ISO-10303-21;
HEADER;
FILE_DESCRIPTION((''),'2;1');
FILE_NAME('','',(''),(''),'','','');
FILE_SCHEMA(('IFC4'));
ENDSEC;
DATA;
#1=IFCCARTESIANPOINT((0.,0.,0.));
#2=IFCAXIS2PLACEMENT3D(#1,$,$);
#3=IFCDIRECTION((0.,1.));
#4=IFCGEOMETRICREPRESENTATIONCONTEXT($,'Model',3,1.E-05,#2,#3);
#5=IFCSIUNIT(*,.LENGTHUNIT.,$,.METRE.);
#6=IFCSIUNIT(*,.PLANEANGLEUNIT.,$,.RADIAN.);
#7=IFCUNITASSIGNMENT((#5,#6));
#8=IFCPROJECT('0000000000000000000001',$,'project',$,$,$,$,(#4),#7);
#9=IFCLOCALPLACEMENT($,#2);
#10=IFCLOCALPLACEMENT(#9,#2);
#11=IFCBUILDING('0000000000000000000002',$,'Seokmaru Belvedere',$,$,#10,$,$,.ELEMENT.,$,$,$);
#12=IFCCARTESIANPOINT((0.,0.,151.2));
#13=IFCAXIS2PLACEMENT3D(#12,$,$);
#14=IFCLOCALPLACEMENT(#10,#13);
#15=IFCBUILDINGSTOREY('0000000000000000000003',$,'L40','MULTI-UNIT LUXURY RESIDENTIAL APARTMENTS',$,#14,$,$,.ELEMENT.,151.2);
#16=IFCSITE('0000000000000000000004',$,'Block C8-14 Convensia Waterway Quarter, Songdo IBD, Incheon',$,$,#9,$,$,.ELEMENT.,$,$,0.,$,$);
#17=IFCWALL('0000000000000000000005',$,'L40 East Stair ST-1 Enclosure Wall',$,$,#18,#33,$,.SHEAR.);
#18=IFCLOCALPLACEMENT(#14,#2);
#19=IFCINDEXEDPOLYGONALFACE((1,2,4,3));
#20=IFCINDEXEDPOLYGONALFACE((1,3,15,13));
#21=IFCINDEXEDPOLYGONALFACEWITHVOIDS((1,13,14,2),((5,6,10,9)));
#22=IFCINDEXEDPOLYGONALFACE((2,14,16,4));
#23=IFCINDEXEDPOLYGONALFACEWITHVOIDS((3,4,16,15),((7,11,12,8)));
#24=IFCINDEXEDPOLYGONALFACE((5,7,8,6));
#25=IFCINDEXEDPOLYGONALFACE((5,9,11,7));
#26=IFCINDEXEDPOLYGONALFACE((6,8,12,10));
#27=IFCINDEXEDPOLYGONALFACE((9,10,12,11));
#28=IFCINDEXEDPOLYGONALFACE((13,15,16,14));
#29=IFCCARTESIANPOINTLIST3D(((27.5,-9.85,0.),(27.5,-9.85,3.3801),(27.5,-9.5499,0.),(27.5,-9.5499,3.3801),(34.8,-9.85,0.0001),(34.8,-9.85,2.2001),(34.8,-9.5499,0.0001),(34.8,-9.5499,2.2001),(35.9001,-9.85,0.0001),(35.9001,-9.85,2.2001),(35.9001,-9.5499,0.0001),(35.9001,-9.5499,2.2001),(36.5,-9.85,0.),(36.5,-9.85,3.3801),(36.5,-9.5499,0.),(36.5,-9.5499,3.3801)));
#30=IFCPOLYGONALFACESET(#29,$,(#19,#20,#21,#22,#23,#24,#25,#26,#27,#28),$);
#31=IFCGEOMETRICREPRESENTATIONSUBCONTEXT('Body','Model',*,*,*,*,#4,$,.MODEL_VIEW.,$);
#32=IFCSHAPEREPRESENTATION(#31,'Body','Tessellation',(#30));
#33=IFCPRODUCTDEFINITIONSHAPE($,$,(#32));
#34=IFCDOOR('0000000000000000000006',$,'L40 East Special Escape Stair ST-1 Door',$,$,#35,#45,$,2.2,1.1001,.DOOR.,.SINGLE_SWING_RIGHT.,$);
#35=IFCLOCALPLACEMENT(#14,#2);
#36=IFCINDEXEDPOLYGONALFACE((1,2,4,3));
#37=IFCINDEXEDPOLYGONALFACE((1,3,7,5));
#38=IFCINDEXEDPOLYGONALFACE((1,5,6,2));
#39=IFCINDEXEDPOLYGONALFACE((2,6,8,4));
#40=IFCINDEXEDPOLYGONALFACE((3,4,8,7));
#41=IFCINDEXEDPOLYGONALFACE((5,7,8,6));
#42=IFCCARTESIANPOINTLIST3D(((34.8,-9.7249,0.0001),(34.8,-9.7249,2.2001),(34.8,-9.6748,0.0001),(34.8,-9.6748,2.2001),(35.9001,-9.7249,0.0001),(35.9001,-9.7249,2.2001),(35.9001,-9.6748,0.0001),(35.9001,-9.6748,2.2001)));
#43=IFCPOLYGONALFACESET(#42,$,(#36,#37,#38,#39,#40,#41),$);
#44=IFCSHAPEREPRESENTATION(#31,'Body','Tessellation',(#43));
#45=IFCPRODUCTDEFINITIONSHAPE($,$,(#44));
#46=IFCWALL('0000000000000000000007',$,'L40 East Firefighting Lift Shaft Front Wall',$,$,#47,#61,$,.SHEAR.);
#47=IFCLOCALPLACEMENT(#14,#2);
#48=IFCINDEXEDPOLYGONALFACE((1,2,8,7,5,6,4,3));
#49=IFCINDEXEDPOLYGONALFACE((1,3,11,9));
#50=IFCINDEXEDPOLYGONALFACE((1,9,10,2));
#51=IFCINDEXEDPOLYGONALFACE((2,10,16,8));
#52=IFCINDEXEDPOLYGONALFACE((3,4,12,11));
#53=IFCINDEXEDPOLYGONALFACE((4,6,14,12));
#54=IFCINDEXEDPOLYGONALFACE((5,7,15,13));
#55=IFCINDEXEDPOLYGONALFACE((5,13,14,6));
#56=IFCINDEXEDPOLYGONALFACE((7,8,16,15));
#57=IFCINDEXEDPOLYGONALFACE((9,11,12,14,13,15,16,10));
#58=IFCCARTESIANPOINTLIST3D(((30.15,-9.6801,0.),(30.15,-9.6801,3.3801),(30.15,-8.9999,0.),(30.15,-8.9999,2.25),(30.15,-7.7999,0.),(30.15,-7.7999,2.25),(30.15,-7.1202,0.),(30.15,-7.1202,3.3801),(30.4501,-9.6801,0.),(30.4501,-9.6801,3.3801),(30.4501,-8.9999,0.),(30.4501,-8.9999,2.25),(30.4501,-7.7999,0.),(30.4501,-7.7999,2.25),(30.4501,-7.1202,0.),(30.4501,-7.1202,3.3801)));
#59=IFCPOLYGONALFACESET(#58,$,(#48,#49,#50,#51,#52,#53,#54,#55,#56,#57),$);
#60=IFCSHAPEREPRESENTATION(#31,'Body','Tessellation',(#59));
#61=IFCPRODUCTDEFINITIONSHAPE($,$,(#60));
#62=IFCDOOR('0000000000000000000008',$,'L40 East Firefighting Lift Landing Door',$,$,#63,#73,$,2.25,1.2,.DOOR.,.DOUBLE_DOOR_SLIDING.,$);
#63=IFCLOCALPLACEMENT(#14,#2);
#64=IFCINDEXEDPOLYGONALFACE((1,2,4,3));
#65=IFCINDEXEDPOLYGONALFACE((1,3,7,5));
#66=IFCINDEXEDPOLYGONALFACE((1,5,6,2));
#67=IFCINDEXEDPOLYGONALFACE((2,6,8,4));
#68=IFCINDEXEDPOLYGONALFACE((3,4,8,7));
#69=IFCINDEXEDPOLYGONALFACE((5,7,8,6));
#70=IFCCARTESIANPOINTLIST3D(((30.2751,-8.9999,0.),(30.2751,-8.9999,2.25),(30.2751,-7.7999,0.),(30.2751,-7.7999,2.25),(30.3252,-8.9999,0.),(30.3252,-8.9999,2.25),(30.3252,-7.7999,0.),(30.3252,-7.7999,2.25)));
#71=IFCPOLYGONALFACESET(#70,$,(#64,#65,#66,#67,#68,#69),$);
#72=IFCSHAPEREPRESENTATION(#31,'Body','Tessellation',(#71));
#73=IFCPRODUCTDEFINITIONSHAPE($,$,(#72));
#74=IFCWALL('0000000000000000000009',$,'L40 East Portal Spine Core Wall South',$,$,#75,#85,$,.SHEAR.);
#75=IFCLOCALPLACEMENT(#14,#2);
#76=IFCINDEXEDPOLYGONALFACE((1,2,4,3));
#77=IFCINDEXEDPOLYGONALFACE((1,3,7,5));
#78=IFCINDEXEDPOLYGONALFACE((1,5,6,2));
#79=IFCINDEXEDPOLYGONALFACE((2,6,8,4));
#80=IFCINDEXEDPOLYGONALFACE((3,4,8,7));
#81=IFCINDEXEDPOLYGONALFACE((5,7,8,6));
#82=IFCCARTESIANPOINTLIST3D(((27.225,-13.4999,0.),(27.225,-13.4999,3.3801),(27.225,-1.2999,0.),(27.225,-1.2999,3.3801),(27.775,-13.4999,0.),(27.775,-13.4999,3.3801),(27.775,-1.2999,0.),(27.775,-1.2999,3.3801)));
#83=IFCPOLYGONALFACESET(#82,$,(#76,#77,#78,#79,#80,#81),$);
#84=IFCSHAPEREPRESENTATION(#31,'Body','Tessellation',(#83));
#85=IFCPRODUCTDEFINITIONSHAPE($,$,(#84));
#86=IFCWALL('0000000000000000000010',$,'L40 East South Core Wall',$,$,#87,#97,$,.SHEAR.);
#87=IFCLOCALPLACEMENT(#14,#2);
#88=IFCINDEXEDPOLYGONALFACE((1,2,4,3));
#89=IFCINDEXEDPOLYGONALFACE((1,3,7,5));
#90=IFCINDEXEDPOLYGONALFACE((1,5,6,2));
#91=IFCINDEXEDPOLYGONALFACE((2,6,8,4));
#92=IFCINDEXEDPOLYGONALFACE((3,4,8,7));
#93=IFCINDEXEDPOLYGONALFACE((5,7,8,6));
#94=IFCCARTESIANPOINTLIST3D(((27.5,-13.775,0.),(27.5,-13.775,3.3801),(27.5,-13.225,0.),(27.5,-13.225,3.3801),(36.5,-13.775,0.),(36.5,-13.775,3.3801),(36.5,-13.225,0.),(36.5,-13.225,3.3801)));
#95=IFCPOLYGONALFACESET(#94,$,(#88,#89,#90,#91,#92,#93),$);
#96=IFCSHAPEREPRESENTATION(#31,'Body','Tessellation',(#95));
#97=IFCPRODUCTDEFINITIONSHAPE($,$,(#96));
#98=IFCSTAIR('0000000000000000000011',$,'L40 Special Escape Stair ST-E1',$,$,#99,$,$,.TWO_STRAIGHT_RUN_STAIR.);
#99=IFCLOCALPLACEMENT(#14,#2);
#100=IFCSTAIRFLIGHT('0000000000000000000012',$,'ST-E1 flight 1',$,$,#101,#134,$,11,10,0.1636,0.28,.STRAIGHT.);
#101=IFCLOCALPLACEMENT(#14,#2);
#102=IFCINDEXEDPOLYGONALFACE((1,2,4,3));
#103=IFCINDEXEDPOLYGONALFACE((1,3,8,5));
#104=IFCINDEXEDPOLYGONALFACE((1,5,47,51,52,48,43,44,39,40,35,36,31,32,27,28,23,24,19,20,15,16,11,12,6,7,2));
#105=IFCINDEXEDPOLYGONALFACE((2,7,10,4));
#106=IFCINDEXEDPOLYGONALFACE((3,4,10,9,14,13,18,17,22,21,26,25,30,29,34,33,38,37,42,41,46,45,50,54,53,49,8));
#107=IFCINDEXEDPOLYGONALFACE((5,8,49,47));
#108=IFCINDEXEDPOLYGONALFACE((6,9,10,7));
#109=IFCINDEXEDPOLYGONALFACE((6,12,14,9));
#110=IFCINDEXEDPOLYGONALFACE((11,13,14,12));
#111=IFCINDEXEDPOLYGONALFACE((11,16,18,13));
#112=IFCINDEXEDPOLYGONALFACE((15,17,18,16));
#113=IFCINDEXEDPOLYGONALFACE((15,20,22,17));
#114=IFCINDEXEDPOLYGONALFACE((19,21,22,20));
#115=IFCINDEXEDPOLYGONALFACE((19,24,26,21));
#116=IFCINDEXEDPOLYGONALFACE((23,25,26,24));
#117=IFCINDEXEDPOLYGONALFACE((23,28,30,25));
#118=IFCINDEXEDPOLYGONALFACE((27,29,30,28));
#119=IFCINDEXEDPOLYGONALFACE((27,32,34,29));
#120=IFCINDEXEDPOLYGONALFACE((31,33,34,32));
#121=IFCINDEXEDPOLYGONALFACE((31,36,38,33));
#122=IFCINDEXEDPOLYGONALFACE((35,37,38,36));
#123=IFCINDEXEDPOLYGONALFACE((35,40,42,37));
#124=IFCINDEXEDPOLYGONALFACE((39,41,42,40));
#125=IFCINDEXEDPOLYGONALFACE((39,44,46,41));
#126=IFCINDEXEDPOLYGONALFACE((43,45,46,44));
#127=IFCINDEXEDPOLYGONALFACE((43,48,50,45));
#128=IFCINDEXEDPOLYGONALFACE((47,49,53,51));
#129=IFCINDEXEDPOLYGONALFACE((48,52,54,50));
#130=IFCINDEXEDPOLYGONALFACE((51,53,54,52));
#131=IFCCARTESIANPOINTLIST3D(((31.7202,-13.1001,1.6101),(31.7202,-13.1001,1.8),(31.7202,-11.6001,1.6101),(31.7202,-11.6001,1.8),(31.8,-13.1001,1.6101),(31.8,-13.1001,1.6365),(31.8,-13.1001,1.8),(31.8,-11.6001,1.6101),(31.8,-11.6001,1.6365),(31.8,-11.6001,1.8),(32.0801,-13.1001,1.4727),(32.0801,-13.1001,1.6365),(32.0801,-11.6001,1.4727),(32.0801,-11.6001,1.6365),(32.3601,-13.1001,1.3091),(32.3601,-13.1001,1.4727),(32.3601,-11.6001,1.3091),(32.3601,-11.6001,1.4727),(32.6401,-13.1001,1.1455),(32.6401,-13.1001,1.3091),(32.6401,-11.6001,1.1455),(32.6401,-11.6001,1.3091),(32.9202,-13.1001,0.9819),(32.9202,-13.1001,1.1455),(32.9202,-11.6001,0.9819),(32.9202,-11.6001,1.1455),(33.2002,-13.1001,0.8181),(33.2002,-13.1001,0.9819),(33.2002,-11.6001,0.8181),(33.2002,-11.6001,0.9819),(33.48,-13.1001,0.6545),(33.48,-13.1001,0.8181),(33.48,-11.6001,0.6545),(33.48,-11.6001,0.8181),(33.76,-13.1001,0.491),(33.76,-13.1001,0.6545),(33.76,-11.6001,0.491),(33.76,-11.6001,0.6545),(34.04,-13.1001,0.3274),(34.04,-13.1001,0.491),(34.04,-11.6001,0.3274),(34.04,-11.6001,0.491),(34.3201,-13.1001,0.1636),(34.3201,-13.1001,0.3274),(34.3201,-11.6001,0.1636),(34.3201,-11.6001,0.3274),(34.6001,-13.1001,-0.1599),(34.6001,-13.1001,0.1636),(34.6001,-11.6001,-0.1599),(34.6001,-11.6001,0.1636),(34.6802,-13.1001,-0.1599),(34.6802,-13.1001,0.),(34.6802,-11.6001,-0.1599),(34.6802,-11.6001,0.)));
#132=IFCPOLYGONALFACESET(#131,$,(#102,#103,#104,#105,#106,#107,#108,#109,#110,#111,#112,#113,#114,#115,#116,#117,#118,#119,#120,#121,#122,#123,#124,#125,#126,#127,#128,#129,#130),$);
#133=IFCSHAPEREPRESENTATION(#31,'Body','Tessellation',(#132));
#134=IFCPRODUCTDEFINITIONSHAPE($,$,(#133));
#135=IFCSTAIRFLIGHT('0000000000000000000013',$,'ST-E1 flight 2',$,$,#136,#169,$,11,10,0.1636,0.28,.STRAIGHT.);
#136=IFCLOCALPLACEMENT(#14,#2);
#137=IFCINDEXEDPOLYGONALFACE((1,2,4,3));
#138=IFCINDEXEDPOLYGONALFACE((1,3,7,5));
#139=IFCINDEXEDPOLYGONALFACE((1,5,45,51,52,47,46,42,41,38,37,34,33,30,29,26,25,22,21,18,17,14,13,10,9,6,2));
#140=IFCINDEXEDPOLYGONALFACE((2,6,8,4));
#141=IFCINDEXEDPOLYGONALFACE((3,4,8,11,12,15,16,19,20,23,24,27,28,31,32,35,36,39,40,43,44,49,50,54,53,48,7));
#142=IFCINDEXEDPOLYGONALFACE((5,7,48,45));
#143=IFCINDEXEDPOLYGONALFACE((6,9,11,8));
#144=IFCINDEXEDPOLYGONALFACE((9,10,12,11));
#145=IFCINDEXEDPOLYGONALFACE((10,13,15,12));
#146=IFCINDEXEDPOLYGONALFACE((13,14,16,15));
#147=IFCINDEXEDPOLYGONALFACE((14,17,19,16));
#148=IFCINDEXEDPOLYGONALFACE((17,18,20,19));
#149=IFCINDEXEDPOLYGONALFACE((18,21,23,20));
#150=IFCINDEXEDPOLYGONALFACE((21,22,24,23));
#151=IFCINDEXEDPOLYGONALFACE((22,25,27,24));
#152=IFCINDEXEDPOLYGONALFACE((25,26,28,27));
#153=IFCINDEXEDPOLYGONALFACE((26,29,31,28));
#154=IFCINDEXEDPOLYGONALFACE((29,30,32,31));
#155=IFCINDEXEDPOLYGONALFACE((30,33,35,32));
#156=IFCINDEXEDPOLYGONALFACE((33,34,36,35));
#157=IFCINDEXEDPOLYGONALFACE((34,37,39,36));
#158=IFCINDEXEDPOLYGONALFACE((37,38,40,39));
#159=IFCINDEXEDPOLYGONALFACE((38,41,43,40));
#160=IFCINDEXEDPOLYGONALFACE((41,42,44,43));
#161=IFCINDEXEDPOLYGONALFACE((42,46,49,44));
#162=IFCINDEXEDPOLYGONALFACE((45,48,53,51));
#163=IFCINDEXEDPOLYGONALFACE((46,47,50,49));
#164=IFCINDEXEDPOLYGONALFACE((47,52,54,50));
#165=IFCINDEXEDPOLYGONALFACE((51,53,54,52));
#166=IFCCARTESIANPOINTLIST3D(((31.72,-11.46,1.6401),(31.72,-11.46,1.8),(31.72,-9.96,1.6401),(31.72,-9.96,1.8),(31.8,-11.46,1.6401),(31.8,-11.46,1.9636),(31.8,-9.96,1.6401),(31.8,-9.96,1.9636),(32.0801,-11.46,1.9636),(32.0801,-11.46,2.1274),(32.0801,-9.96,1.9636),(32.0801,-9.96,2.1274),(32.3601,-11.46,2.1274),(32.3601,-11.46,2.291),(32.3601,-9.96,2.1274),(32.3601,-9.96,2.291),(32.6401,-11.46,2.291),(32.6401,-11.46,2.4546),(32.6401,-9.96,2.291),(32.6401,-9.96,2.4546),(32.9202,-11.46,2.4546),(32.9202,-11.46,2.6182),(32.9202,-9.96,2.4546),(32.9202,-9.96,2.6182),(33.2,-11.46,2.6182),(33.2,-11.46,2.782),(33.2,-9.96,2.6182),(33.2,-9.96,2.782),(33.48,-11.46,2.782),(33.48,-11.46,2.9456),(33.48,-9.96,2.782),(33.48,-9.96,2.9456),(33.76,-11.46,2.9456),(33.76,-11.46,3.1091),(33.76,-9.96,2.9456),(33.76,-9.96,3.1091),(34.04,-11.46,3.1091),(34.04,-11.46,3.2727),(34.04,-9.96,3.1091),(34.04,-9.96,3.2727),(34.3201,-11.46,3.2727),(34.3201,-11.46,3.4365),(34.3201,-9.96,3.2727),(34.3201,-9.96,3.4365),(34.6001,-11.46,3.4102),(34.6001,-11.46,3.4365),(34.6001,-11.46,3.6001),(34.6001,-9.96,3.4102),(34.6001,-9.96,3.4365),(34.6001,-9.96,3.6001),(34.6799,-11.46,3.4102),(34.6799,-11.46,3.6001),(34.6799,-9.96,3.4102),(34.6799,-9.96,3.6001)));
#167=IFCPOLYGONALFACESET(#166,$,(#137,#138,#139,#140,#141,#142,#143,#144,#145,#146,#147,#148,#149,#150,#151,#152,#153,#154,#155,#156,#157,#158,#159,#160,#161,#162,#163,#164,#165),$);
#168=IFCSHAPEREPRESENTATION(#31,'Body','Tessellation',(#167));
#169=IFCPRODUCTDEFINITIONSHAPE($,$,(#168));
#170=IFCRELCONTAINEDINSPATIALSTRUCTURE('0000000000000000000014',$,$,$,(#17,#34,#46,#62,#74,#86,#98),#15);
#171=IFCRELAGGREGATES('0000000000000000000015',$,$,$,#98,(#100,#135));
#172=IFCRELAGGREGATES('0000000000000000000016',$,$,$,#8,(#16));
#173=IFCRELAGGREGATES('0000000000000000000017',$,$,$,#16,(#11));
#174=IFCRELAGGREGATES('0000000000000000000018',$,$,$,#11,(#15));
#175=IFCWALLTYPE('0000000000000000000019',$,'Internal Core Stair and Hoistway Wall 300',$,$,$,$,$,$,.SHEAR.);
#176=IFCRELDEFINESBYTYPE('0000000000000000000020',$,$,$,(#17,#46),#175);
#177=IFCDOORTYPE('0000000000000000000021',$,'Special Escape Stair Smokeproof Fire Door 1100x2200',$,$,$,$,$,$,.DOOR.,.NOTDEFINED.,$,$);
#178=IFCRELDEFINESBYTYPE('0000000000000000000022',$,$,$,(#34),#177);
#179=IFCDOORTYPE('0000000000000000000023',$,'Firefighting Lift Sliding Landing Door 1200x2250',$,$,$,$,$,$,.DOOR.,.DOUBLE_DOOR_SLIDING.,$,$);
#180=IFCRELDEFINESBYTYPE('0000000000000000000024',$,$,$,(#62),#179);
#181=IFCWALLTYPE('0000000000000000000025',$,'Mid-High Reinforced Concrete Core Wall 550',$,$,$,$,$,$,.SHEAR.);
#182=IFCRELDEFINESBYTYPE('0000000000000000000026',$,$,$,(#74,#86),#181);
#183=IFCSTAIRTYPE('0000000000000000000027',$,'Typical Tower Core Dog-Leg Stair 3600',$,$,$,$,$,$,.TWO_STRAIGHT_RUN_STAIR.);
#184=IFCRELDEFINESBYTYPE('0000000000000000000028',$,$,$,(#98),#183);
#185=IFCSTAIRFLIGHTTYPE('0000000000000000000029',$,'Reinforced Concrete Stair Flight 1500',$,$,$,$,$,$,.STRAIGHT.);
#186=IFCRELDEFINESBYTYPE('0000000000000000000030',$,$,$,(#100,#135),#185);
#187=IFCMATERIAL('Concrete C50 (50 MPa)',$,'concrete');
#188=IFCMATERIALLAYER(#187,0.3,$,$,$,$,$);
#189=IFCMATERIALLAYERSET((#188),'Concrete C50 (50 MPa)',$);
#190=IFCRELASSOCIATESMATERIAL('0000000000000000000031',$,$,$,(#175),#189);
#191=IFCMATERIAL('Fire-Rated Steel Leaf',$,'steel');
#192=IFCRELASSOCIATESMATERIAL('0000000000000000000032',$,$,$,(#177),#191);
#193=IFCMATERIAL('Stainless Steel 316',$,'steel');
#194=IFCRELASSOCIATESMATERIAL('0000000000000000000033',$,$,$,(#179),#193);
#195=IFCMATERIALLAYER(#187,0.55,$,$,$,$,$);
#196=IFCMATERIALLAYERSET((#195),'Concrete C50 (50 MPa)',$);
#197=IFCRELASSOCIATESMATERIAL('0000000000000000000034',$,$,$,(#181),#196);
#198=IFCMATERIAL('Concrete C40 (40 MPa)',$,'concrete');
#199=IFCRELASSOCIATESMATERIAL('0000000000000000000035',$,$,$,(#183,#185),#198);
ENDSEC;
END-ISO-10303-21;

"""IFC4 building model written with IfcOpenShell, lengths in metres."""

from ifc_helpers import new_model, si_unit, direction, frame, frame_2d, origin, place, context, subcontext, project, spatial, polyline, rectangle, outline, extrude, source, transform, mapped, material, layer, layer_set, type_object, type_shapes, element, fill, aggregate, save


model = new_model("IFC4")

# Units and contexts
model_context = context("Model", 3, precision=1e-05, world=origin(), true_north=direction((0.0, 1.0)))
body_context = subcontext(model_context, "Body", "Model", "MODEL_VIEW")
ifc_project = project(units=[si_unit("LENGTHUNIT", "METRE"), si_unit("PLANEANGLEUNIT", "RADIAN")], contexts=[model_context])

# Site, building, storey
site_placement = place(None, origin())
site = spatial("IfcSite", under=ifc_project, at=site_placement, Name="Block C8-14 Convensia Waterway Quarter, Songdo IBD, Incheon", CompositionType="ELEMENT", RefElevation=0.0)
building_placement = place(site_placement, origin())
building = spatial("IfcBuilding", under=site, at=building_placement, Name="Seokmaru Belvedere", CompositionType="ELEMENT")
storey_placement = place(building_placement, frame((0.0, 0.0, 151.2)))
storey = spatial("IfcBuildingStorey", under=building, at=storey_placement, Name="L40", Description="MULTI-UNIT LUXURY RESIDENTIAL APARTMENTS", CompositionType="ELEMENT", Elevation=151.2)

# Shared definitions
ifc_material_1 = material(Name="Concrete C50 (50 MPa)", Category="concrete")

# Walls, openings, doors
ifc_layer_1 = layer(ifc_material_1, 0.3)
ifc_layer_set_1 = layer_set([ifc_layer_1], Name="Concrete C50 (50 MPa)")
wall_type_1 = type_object("IfcWallType", Name="Internal Core Stair and Hoistway Wall 300", PredefinedType="SHEAR", material=ifc_layer_set_1)
wall_1_placement = place(storey_placement, frame((27.5, -9.7, 0.0), z_axis=(0.0, 0.0, 1.0), x_axis=(1.0, 0.0, 0.0)))
wall_1 = element("IfcWall", 1, at=wall_1_placement, inside=storey, type_object=wall_type_1, Name="L40 East Stair ST-1 Enclosure Wall", PredefinedType="SHEAR", context=body_context, shape_type="SweptSolid", body=[
    extrude(rectangle(XDim=9.0, YDim=0.3, at=frame_2d((4.5, 0.0))), origin(), (0.0, 0.0, 1.0), 3.3801),
])
opening_1_placement = place(wall_1_placement, frame((7.3, 0.0, 0.0)))
opening_1 = element("IfcOpeningElement", 2, at=opening_1_placement, cuts=wall_1, PredefinedType="OPENING", context=body_context, shape_type="SweptSolid", body=[
    extrude(rectangle(XDim=1.1001, YDim=2.2, at=frame_2d((0.55, 1.1001))), frame((0.0, 0.1602, 0.0), z_axis=(0.0, -1.0, 0.0), x_axis=(1.0, 0.0, 0.0)), (0.0, 0.0, 1.0), 0.3201),
])
ifc_material_2 = material(Name="Fire-Rated Steel Leaf", Category="steel")
door_type_1 = type_object("IfcDoorType", Name="Special Escape Stair Smokeproof Fire Door 1100x2200", OperationType="NOTDEFINED", PredefinedType="DOOR", material=ifc_material_2)
shared_shape_1 = source(origin(), body_context, "Body", "SweptSolid", [
    extrude(rectangle(XDim=1.1001, YDim=2.2, at=frame_2d((0.55, 1.1001))), frame((0.0, 0.0249, 0.0), z_axis=(0.0, -1.0, 0.0), x_axis=(1.0, 0.0, 0.0)), (0.0, 0.0, 1.0), 0.05),
])
type_shapes(door_type_1, [shared_shape_1])
door_1_placement = place(opening_1_placement, frame((1.1001, 0.0, 0.0), z_axis=(0.0, 0.0, 1.0), x_axis=(-1.0, 0.0, 0.0)))
door_1 = element("IfcDoor", 3, at=door_1_placement, inside=storey, type_object=door_type_1, Name="L40 East Special Escape Stair ST-1 Door", OperationType="SINGLE_SWING_RIGHT", OverallHeight=2.2, OverallWidth=1.1001, PredefinedType="DOOR", context=body_context, shape_type="MappedRepresentation", body=[
    mapped(shared_shape_1, transform((0.0, 0.0, 0.0), scale=1.0)),
])
fill(opening_1, door_1)
wall_2_placement = place(storey_placement, frame((30.3, -9.6799, 0.0), z_axis=(0.0, 0.0, 1.0), x_axis=(0.0, 1.0, 0.0)))
wall_2 = element("IfcWall", 4, at=wall_2_placement, inside=storey, type_object=wall_type_1, Name="L40 East Firefighting Lift Shaft Front Wall", PredefinedType="SHEAR", context=body_context, shape_type="SweptSolid", body=[
    extrude(rectangle(XDim=2.5598, YDim=0.3, at=frame_2d((1.2798, 0.0))), origin(), (0.0, 0.0, 1.0), 3.3801),
])
opening_2_placement = place(wall_2_placement, frame((0.6799, 0.0, 0.0)))
opening_2 = element("IfcOpeningElement", 5, at=opening_2_placement, cuts=wall_2, PredefinedType="OPENING", context=body_context, shape_type="SweptSolid", body=[
    extrude(rectangle(XDim=1.2, YDim=2.25, at=frame_2d((0.6001, 1.125))), frame((0.0, 0.1602, 0.0), z_axis=(0.0, -1.0, 0.0), x_axis=(1.0, 0.0, 0.0)), (0.0, 0.0, 1.0), 0.3201),
])
ifc_material_3 = material(Name="Stainless Steel 316", Category="steel")
door_type_2 = type_object("IfcDoorType", Name="Firefighting Lift Sliding Landing Door 1200x2250", OperationType="DOUBLE_DOOR_SLIDING", PredefinedType="DOOR", material=ifc_material_3)
shared_shape_2 = source(origin(), body_context, "Body", "SweptSolid", [
    extrude(rectangle(XDim=1.2, YDim=2.25, at=frame_2d((0.6001, 1.125))), frame((0.0, 0.0249, 0.0), z_axis=(0.0, -1.0, 0.0), x_axis=(1.0, 0.0, 0.0)), (0.0, 0.0, 1.0), 0.05),
])
type_shapes(door_type_2, [shared_shape_2])
door_2_placement = place(opening_2_placement, origin())
door_2 = element("IfcDoor", 6, at=door_2_placement, inside=storey, type_object=door_type_2, Name="L40 East Firefighting Lift Landing Door", OperationType="DOUBLE_DOOR_SLIDING", OverallHeight=2.25, OverallWidth=1.2, PredefinedType="DOOR", context=body_context, shape_type="MappedRepresentation", body=[
    mapped(shared_shape_2, transform((0.0, 0.0, 0.0), scale=1.0)),
])
fill(opening_2, door_2)

# Walls
ifc_layer_2 = layer(ifc_material_1, 0.55)
ifc_layer_set_2 = layer_set([ifc_layer_2], Name="Concrete C50 (50 MPa)")
wall_type_2 = type_object("IfcWallType", Name="Mid-High Reinforced Concrete Core Wall 550", PredefinedType="SHEAR", material=ifc_layer_set_2)
wall_3_placement = place(storey_placement, frame((27.5, -13.5, 0.0), z_axis=(0.0, 0.0, 1.0), x_axis=(0.0, 1.0, 0.0)))
element("IfcWall", 7, at=wall_3_placement, inside=storey, type_object=wall_type_2, Name="L40 East Portal Spine Core Wall South", PredefinedType="SHEAR", context=body_context, shape_type="SweptSolid", body=[
    extrude(rectangle(XDim=12.2, YDim=0.55, at=frame_2d((6.1001, 0.0))), origin(), (0.0, 0.0, 1.0), 3.3801),
])
wall_4_placement = place(storey_placement, frame((27.5, -13.5, 0.0), z_axis=(0.0, 0.0, 1.0), x_axis=(1.0, 0.0, 0.0)))
element("IfcWall", 8, at=wall_4_placement, inside=storey, type_object=wall_type_2, Name="L40 East South Core Wall", PredefinedType="SHEAR", context=body_context, shape_type="SweptSolid", body=[
    extrude(rectangle(XDim=9.0, YDim=0.55, at=frame_2d((4.5, 0.0))), origin(), (0.0, 0.0, 1.0), 3.3801),
])

# Stair, stair flights
ifc_material_4 = material(Name="Concrete C40 (40 MPa)", Category="concrete")
stair_type = type_object("IfcStairType", Name="Typical Tower Core Dog-Leg Stair 3600", PredefinedType="TWO_STRAIGHT_RUN_STAIR", material=ifc_material_4)
stair_placement = place(storey_placement, origin())
stair = element("IfcStair", 9, at=stair_placement, inside=storey, type_object=stair_type, Name="L40 Special Escape Stair ST-E1", PredefinedType="TWO_STRAIGHT_RUN_STAIR")
stair_flight_type = type_object("IfcStairFlightType", Name="Reinforced Concrete Stair Flight 1500", PredefinedType="STRAIGHT", material=ifc_material_4)
stair_flight_1_placement = place(storey_placement, frame((34.6001, -12.3501, 0.0), z_axis=(0.0, 0.0, 1.0), x_axis=(-1.0, 0.0, 0.0)))
stair_flight_1 = element("IfcStairFlight", 10, at=stair_flight_1_placement, type_object=stair_flight_type, Name="ST-E1 flight 1", NumberOfRisers=11, NumberOfTreads=10, PredefinedType="STRAIGHT", RiserHeight=0.1636, TreadLength=0.28, context=body_context, shape_type="SweptSolid", body=[
    extrude(outline(polyline([(-0.0801, 0.0), (0.0, 0.1636), (0.28, 0.1636), (0.28, 0.3274), (0.5601, 0.3274), (0.5601, 0.491), (0.8401, 0.491), (0.8401, 0.6545), (1.1201, 0.6545), (1.1201, 0.8181), (1.3999, 0.8181), (1.3999, 0.9819), (1.6799, 0.9819), (1.6799, 1.1455), (1.96, 1.1455), (1.96, 1.3091), (2.24, 1.3091), (2.24, 1.4727), (2.52, 1.4727), (2.52, 1.6365), (2.8, 1.6365), (2.8, 1.8), (2.8799, 1.8), (2.8799, 1.6101), (2.8, 1.6101), (0.0, -0.1599), (-0.0801, -0.1599), (-0.0801, 0.0)])), frame((0.0, 0.75, 0.0), z_axis=(0.0, -1.0, 0.0), x_axis=(1.0, 0.0, 0.0)), (0.0, 0.0, 1.0), 1.5),
])
stair_flight_2_placement = place(storey_placement, frame((31.8, -10.71, 1.8), z_axis=(0.0, 0.0, 1.0), x_axis=(1.0, 0.0, 0.0)))
stair_flight_2 = element("IfcStairFlight", 11, at=stair_flight_2_placement, type_object=stair_flight_type, Name="ST-E1 flight 2", NumberOfRisers=11, NumberOfTreads=10, PredefinedType="STRAIGHT", RiserHeight=0.1636, TreadLength=0.28, context=body_context, shape_type="SweptSolid", body=[
    extrude(outline(polyline([(-0.0801, 0.0), (0.0, 0.1636), (0.28, 0.1636), (0.28, 0.3274), (0.5601, 0.3274), (0.5601, 0.491), (0.8401, 0.491), (0.8401, 0.6545), (1.1201, 0.6545), (1.1201, 0.8181), (1.3999, 0.8181), (1.3999, 0.9819), (1.6799, 0.9819), (1.6799, 1.1455), (1.96, 1.1455), (1.96, 1.3091), (2.24, 1.3091), (2.24, 1.4727), (2.52, 1.4727), (2.52, 1.6365), (2.8, 1.6365), (2.8, 1.8), (2.8799, 1.8), (2.8799, 1.6101), (2.8, 1.6101), (0.0, -0.1599), (-0.0801, -0.1599), (-0.0801, 0.0)])), frame((0.0, 0.75, 0.0), z_axis=(0.0, -1.0, 0.0), x_axis=(1.0, 0.0, 0.0)), (0.0, 0.0, 1.0), 1.5),
])
aggregate(stair, [stair_flight_1, stair_flight_2])

save(model, "model.ifc")
